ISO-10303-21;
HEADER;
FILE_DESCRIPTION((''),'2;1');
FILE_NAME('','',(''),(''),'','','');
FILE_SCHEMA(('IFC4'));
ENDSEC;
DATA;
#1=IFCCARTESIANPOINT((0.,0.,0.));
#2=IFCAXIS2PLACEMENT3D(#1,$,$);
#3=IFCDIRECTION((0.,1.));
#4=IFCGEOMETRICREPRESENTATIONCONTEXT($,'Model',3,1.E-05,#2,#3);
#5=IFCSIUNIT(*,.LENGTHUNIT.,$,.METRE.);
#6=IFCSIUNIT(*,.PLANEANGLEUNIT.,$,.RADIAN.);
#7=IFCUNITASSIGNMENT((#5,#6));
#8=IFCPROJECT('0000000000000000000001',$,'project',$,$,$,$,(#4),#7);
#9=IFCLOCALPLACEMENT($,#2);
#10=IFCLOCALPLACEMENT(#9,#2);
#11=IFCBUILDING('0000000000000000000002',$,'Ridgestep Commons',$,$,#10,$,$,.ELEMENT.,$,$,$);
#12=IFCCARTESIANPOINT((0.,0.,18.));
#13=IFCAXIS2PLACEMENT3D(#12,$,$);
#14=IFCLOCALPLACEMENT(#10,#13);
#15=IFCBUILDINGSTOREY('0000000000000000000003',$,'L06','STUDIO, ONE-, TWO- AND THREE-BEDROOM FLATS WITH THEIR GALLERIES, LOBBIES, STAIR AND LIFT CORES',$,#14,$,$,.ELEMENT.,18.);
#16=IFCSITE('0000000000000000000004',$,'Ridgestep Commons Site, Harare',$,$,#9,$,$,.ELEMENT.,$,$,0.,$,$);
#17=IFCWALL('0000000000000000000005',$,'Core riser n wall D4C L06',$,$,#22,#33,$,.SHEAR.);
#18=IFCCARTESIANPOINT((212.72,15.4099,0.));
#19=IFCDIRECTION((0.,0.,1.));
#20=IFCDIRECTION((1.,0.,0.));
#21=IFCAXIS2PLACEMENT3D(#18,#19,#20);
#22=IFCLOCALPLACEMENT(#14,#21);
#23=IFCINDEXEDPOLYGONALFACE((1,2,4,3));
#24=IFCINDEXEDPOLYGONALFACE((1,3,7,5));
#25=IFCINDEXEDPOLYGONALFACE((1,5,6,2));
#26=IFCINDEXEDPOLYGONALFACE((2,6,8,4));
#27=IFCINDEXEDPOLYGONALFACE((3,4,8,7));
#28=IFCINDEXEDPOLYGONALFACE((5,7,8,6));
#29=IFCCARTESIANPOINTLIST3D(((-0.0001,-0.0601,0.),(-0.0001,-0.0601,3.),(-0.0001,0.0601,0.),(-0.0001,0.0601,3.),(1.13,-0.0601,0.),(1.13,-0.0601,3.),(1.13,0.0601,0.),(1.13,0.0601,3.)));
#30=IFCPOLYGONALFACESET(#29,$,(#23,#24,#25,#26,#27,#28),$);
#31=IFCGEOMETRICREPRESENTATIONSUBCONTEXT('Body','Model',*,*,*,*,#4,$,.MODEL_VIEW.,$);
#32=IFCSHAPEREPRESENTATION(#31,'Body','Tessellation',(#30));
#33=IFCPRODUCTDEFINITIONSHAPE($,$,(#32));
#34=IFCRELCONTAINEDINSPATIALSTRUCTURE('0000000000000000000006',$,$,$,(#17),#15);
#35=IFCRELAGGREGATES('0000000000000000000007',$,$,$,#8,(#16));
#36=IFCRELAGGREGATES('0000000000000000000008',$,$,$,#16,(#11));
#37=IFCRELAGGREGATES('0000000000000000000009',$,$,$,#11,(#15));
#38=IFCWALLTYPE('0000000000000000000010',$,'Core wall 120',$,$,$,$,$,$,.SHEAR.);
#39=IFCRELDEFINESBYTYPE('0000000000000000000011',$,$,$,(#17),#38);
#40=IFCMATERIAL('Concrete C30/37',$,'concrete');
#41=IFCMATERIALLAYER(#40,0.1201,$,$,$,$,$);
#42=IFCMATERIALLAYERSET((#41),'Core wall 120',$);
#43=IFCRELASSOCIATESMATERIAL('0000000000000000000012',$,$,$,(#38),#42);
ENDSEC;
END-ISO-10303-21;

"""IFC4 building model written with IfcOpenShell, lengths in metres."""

from ifc_helpers import new_model, si_unit, direction, frame, frame_2d, origin, place, context, subcontext, project, spatial, rectangle, extrude, material, layer, layer_set, type_object, element, save


model = new_model("IFC4")

# Units and contexts
model_context = context("Model", 3, precision=1e-05, world=origin(), true_north=direction((0.0, 1.0)))
body_context = subcontext(model_context, "Body", "Model", "MODEL_VIEW")
ifc_project = project(units=[si_unit("LENGTHUNIT", "METRE"), si_unit("PLANEANGLEUNIT", "RADIAN")], contexts=[model_context])

# Site, building, storey
site_placement = place(None, origin())
site = spatial("IfcSite", under=ifc_project, at=site_placement, Name="Ridgestep Commons Site, Harare", CompositionType="ELEMENT", RefElevation=0.0)
building_placement = place(site_placement, origin())
building = spatial("IfcBuilding", under=site, at=building_placement, Name="Ridgestep Commons", CompositionType="ELEMENT")
storey_placement = place(building_placement, frame((0.0, 0.0, 18.0)))
storey = spatial("IfcBuildingStorey", under=building, at=storey_placement, Name="L06", Description="STUDIO, ONE-, TWO- AND THREE-BEDROOM FLATS WITH THEIR GALLERIES, LOBBIES, STAIR AND LIFT CORES", CompositionType="ELEMENT", Elevation=18.0)

# Shared definitions
ifc_material_1 = material(Name="Concrete C30/37", Category="concrete")
ifc_layer_1 = layer(ifc_material_1, 0.1201)
ifc_layer_set_1 = layer_set([ifc_layer_1], Name="Core wall 120")
wall_type_1 = type_object("IfcWallType", Name="Core wall 120", PredefinedType="SHEAR", material=ifc_layer_set_1)

# Wall
wall_1_placement = place(storey_placement, frame((212.72, 15.4099, 0.0), z_axis=(0.0, 0.0, 1.0), x_axis=(1.0, 0.0, 0.0)))
element("IfcWall", 1, at=wall_1_placement, inside=storey, type_object=wall_type_1, Name="Core riser n wall D4C L06", PredefinedType="SHEAR", context=body_context, shape_type="SweptSolid", body=[
    extrude(rectangle(XDim=1.1301, YDim=0.1201, at=frame_2d((0.5649, 0.0))), origin(), (0.0, 0.0, 1.0), 3.0),
])

save(model, "model.ifc")
